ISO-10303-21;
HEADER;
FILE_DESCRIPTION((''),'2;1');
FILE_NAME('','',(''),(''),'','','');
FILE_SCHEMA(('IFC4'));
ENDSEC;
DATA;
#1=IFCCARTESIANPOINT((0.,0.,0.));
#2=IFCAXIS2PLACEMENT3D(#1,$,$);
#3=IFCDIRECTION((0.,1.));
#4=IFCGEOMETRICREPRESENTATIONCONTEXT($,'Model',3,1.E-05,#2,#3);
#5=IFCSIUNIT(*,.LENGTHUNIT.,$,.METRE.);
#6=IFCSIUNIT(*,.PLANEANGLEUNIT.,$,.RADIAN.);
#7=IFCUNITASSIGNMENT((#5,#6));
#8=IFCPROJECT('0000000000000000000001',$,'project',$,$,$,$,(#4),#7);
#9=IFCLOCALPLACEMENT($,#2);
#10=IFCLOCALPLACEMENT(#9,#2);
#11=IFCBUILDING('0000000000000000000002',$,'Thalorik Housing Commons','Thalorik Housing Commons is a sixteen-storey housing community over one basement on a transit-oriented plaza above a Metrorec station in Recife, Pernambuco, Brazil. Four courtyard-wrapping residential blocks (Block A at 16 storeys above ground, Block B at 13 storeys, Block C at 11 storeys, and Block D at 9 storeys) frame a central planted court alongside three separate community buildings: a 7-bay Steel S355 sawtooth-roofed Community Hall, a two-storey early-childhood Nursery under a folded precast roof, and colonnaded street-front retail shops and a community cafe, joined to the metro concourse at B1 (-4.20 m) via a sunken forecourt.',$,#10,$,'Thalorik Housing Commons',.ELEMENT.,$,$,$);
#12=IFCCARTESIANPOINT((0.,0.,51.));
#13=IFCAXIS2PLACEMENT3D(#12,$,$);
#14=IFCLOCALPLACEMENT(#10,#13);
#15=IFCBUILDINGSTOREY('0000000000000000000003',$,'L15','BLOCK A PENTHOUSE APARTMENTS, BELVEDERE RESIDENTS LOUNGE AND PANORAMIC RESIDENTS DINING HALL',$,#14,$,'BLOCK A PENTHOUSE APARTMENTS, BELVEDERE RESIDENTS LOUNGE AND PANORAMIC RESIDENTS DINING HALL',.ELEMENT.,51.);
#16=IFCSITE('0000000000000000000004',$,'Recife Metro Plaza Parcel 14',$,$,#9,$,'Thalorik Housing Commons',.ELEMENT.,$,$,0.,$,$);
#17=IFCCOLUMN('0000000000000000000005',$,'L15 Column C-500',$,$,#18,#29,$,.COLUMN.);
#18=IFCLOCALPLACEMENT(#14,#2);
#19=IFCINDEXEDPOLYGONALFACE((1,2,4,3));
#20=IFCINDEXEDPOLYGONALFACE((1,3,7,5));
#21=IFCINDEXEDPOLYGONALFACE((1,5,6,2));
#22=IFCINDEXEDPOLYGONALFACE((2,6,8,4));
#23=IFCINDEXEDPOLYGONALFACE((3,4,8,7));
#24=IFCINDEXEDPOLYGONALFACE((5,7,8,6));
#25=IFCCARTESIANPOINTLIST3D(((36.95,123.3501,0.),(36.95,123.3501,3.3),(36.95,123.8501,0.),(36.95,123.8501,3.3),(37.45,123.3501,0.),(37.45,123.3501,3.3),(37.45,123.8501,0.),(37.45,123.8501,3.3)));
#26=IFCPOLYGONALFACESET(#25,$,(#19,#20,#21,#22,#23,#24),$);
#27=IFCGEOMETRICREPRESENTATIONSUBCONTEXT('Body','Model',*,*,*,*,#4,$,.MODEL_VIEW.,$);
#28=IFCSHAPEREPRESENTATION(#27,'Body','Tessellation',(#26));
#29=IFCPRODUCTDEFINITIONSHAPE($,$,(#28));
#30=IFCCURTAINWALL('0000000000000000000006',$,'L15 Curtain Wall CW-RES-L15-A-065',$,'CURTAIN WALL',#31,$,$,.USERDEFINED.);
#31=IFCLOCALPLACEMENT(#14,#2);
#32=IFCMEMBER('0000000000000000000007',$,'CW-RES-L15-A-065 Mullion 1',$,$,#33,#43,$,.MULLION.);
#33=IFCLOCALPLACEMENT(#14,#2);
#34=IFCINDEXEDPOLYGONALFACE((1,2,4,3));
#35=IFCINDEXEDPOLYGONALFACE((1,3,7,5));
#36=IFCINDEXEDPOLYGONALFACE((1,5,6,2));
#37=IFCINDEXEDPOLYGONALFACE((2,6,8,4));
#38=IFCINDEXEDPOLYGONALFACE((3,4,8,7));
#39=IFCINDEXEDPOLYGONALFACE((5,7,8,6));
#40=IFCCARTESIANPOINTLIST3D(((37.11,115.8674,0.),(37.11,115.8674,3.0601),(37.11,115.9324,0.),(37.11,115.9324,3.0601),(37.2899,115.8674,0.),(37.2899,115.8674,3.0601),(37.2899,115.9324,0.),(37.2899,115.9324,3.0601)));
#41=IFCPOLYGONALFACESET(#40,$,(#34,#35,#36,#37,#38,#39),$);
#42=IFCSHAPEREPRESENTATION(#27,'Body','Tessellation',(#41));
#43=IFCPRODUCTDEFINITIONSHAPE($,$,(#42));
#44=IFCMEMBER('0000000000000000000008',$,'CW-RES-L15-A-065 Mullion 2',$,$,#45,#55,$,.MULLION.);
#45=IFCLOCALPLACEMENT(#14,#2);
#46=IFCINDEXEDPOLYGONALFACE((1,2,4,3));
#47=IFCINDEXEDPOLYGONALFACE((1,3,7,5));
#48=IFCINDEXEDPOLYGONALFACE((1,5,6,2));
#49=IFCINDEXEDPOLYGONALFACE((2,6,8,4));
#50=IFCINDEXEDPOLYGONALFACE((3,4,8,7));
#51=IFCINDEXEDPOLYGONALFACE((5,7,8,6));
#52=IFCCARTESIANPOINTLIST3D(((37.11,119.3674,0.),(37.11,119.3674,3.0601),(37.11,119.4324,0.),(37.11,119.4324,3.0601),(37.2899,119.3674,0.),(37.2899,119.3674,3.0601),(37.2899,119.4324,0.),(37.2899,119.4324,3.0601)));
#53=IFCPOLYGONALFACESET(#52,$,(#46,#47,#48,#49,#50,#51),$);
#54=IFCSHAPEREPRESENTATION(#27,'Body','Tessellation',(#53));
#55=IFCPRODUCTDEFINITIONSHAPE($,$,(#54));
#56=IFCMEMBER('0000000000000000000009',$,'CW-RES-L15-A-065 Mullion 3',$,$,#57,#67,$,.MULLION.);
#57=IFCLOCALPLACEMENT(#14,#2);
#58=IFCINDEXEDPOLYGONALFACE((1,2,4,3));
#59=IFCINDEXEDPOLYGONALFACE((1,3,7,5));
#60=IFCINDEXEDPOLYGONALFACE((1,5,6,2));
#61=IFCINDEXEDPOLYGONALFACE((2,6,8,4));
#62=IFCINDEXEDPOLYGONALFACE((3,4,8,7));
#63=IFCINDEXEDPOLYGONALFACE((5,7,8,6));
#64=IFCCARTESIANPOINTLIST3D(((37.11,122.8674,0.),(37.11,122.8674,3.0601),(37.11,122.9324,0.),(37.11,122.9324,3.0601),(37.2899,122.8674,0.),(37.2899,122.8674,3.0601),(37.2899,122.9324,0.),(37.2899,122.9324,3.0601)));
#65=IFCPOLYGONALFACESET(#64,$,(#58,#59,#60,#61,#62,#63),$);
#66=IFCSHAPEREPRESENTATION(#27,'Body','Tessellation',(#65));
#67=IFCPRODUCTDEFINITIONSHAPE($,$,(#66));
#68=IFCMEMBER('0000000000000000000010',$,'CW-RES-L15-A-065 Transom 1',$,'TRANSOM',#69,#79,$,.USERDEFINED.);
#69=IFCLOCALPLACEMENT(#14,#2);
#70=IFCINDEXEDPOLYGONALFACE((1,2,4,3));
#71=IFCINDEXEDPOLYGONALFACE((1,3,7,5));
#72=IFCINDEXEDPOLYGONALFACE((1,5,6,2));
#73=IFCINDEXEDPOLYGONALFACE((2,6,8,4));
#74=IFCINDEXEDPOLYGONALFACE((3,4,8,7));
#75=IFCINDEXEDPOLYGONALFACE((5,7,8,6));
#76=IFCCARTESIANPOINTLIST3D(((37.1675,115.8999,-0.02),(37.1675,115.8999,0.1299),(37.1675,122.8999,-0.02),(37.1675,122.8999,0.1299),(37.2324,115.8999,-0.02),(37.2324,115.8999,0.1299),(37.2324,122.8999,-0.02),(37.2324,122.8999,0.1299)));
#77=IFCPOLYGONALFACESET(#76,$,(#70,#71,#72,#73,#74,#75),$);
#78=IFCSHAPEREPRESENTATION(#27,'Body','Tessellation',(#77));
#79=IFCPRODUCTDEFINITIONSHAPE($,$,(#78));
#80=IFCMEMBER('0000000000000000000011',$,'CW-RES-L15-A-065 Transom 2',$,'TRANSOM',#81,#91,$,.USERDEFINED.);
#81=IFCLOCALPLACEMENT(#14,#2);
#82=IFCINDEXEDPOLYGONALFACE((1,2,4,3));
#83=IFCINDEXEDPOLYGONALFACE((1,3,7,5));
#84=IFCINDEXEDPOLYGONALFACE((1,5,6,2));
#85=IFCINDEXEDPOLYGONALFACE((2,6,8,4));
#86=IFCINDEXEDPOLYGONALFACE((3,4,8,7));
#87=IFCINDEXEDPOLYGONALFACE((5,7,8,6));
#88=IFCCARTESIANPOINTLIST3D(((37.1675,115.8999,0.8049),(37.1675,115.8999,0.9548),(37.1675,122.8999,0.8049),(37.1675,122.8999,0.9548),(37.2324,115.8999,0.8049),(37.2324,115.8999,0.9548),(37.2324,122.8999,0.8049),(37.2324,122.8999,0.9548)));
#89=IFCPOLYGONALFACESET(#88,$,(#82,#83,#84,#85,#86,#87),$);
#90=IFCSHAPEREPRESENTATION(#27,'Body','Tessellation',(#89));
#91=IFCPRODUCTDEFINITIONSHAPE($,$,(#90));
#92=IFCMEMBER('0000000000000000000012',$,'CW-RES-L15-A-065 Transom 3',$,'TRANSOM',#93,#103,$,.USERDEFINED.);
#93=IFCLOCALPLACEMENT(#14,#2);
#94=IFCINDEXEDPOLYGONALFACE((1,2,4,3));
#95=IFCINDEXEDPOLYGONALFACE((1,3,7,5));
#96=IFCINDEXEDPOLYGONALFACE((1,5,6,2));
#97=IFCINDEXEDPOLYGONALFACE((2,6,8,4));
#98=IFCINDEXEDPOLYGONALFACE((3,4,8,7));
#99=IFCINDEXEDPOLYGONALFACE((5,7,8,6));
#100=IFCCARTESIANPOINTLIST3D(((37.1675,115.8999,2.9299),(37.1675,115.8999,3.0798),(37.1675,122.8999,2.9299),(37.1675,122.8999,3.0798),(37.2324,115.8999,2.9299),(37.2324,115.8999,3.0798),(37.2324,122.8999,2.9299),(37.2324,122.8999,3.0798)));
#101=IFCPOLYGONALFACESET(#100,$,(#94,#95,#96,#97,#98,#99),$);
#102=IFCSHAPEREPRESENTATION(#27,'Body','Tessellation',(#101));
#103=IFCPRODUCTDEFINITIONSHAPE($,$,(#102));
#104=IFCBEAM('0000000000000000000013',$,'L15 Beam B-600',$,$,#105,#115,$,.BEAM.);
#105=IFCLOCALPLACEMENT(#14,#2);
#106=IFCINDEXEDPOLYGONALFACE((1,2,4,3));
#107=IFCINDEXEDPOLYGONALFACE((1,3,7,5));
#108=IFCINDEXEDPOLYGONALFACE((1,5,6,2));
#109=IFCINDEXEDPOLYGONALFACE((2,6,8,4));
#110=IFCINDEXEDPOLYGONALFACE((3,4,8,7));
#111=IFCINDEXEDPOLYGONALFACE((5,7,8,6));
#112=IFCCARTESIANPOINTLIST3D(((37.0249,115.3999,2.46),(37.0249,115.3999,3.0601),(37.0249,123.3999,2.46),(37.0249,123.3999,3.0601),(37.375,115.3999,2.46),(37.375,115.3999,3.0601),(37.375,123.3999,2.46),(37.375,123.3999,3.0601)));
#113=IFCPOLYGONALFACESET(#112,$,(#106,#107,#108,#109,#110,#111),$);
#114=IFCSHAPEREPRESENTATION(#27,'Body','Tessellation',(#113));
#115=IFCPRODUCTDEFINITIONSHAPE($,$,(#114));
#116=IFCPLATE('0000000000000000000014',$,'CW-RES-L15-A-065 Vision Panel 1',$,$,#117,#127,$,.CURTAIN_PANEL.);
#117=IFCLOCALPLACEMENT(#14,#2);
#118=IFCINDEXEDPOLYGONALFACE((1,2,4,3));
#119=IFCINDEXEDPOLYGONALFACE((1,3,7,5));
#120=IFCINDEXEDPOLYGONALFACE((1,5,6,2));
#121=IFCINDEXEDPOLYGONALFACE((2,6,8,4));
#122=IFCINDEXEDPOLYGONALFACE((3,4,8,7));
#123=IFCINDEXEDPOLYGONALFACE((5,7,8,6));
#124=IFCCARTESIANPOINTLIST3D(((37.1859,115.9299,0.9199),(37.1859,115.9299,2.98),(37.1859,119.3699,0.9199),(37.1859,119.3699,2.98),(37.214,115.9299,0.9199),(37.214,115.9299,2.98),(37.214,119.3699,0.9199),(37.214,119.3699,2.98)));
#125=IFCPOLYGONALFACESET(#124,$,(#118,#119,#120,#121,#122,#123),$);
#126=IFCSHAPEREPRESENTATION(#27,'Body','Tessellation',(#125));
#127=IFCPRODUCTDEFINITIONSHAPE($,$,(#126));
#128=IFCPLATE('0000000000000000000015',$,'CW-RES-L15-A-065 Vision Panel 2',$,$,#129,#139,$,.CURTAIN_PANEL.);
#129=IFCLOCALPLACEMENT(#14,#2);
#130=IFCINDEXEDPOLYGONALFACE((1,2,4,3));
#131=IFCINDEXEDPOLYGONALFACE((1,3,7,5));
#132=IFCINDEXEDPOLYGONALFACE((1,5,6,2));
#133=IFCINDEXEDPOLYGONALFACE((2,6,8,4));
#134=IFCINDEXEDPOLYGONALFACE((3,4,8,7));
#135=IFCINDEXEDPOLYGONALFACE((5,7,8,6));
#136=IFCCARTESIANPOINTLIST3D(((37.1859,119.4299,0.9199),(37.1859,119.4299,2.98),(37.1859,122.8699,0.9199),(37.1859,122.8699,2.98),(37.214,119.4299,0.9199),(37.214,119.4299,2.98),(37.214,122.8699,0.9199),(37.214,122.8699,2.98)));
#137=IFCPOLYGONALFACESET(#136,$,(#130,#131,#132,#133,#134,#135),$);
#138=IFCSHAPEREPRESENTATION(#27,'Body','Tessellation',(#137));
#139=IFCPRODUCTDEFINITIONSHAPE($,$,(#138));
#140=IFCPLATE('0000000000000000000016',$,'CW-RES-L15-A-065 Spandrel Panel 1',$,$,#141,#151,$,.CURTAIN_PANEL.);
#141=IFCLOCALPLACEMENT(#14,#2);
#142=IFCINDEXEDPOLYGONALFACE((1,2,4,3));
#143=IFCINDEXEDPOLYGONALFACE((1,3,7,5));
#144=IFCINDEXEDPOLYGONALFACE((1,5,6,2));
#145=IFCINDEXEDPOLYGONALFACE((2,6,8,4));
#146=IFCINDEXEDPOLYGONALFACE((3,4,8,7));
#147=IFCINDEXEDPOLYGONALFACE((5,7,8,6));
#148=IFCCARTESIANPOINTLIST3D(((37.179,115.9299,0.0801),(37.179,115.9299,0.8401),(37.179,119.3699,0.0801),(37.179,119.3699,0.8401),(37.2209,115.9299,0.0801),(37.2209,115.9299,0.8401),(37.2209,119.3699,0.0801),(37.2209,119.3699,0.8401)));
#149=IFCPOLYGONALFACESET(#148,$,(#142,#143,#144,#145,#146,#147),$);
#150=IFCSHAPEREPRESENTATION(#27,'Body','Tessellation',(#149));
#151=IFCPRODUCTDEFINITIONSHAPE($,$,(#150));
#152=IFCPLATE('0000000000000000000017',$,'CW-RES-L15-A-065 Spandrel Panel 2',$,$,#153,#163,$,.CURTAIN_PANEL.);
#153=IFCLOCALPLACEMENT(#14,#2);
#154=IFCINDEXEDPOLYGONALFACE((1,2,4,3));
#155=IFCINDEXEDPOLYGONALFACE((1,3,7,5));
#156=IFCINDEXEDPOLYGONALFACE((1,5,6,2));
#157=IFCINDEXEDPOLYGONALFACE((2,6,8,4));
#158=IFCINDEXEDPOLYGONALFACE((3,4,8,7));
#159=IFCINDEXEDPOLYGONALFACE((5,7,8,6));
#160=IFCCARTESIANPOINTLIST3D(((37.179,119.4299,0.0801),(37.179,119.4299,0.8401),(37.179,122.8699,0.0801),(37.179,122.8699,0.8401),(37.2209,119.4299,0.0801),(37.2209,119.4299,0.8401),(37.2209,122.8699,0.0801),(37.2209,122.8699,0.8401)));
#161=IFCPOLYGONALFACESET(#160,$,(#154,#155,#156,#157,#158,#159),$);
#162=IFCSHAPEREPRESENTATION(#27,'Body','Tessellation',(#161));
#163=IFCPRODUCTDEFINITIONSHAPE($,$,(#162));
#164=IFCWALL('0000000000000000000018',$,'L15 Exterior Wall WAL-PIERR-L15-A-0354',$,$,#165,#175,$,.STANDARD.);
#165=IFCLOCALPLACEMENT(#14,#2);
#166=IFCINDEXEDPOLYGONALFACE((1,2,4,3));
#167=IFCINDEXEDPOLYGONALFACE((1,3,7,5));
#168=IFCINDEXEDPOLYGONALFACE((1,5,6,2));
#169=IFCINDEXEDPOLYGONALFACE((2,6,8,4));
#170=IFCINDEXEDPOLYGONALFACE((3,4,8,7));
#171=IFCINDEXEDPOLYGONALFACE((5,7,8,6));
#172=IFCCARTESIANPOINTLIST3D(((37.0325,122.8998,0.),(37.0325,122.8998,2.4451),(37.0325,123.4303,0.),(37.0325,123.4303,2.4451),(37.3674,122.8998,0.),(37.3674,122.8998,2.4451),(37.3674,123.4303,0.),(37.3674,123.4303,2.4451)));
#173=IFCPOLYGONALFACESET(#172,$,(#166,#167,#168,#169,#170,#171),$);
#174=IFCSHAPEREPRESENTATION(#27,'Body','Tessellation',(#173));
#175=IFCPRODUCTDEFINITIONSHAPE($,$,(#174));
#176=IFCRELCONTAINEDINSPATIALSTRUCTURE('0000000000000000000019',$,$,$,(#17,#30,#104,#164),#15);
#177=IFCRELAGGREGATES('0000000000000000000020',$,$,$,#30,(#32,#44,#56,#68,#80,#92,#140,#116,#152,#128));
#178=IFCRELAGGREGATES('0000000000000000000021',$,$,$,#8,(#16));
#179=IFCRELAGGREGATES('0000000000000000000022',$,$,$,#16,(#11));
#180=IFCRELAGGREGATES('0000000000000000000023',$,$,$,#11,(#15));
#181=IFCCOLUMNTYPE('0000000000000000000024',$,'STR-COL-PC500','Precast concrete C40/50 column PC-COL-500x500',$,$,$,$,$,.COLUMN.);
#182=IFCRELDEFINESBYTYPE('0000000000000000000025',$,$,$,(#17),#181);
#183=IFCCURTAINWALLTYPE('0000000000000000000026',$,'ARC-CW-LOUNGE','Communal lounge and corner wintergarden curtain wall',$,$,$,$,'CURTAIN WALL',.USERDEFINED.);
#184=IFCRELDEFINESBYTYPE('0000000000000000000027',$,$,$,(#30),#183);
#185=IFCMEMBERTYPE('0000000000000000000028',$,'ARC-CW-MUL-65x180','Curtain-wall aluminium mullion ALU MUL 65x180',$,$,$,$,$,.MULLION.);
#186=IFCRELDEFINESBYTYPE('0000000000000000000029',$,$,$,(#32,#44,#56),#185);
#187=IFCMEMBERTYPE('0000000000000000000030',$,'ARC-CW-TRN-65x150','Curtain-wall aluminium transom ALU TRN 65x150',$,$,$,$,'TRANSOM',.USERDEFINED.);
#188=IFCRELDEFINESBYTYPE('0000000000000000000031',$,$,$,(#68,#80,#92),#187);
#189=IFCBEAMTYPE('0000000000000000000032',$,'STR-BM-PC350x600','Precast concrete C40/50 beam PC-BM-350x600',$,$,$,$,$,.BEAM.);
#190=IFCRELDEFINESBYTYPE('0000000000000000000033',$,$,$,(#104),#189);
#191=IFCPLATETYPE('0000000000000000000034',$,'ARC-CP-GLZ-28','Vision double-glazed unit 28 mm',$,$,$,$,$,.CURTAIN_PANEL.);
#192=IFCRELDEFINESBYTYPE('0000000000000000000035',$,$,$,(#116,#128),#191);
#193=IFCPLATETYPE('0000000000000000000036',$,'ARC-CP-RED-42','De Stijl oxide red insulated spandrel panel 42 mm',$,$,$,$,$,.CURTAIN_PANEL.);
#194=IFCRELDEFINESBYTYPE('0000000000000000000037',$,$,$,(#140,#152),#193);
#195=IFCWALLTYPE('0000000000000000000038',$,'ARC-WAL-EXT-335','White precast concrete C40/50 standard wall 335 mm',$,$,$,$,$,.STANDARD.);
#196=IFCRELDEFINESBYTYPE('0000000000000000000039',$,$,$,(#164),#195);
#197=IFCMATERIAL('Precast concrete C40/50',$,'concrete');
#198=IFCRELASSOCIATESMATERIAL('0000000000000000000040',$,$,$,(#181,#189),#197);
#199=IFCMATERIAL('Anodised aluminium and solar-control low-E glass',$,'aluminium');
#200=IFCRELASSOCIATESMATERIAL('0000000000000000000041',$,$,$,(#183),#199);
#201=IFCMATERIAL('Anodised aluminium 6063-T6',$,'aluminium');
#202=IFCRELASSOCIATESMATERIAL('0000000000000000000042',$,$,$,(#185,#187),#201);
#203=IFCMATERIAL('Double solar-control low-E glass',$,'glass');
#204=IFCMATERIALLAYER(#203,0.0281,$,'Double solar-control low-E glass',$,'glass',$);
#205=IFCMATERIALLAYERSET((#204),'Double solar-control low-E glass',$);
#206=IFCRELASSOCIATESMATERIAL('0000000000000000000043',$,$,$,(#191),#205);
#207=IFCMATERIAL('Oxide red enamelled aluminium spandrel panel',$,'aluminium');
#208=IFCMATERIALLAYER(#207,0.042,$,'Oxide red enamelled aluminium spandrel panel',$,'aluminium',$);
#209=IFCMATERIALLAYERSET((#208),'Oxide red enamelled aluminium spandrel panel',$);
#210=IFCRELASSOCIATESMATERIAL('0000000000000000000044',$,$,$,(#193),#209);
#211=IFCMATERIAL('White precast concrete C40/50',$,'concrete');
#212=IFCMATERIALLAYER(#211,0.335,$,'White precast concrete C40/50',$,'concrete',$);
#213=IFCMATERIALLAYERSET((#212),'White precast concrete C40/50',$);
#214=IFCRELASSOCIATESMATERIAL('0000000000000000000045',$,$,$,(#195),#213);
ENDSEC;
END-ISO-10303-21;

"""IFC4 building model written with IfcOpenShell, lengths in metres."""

from ifc_helpers import new_model, si_unit, direction, frame, frame_2d, origin, origin_2d, place, context, subcontext, project, spatial, rectangle, extrude, material, layer, layer_set, material_profile, profile_set, type_object, element, aggregate, save


model = new_model("IFC4")

# Units and contexts
model_context = context("Model", 3, precision=1e-05, world=origin(), true_north=direction((0.0, 1.0)))
body_context = subcontext(model_context, "Body", "Model", "MODEL_VIEW")
ifc_project = project(units=[si_unit("LENGTHUNIT", "METRE"), si_unit("PLANEANGLEUNIT", "RADIAN")], contexts=[model_context])

# Site, building, storey
site_placement = place(None, origin())
site = spatial("IfcSite", under=ifc_project, at=site_placement, Name="Recife Metro Plaza Parcel 14", LongName="Thalorik Housing Commons", CompositionType="ELEMENT", RefElevation=0.0)
building_placement = place(site_placement, origin())
building = spatial("IfcBuilding", under=site, at=building_placement, Name="Thalorik Housing Commons", Description="Thalorik Housing Commons is a sixteen-storey housing community over one basement on a transit-oriented plaza above a Metrorec station in Recife, Pernambuco, Brazil. Four courtyard-wrapping residential blocks (Block A at 16 storeys above ground, Block B at 13 storeys, Block C at 11 storeys, and Block D at 9 storeys) frame a central planted court alongside three separate community buildings: a 7-bay Steel S355 sawtooth-roofed Community Hall, a two-storey early-childhood Nursery under a folded precast roof, and colonnaded street-front retail shops and a community cafe, joined to the metro concourse at B1 (-4.20 m) via a sunken forecourt.", LongName="Thalorik Housing Commons", CompositionType="ELEMENT")
storey_placement = place(building_placement, frame((0.0, 0.0, 51.0)))
storey = spatial("IfcBuildingStorey", under=building, at=storey_placement, Name="L15", Description="BLOCK A PENTHOUSE APARTMENTS, BELVEDERE RESIDENTS LOUNGE AND PANORAMIC RESIDENTS DINING HALL", LongName="BLOCK A PENTHOUSE APARTMENTS, BELVEDERE RESIDENTS LOUNGE AND PANORAMIC RESIDENTS DINING HALL", CompositionType="ELEMENT", Elevation=51.0)

# Column
ifc_material_1 = material(Name="Precast concrete C40/50", Category="concrete")
ifc_material_profile_1 = material_profile(ifc_material_1, rectangle(XDim=0.5, YDim=0.5, at=origin_2d()), Name="PC 500x500", Category="concrete")
ifc_profile_set_1 = profile_set([ifc_material_profile_1], Name="Precast concrete C40/50")
column_type = type_object("IfcColumnType", Name="STR-COL-PC500", Description="Precast concrete C40/50 column PC-COL-500x500", PredefinedType="COLUMN", material=ifc_profile_set_1)
column_placement = place(storey_placement, frame((37.2, 123.6001, 0.0), z_axis=(0.0, 0.0, 1.0), x_axis=(1.0, 0.0, 0.0)))
element("IfcColumn", 1, at=column_placement, inside=storey, type_object=column_type, Name="L15 Column C-500", PredefinedType="COLUMN", context=body_context, shape_type="SweptSolid", body=[
    extrude(rectangle(XDim=0.5, YDim=0.5, at=origin_2d()), origin(), (0.0, 0.0, 1.0), 3.3),
])

# Curtain wall, members
ifc_material_2 = material(Name="Anodised aluminium and solar-control low-E glass", Category="aluminium")
curtain_wall_type = type_object("IfcCurtainWallType", Name="ARC-CW-LOUNGE", Description="Communal lounge and corner wintergarden curtain wall", ElementType="CURTAIN WALL", PredefinedType="USERDEFINED", material=ifc_material_2)
curtain_wall_placement = place(storey_placement, origin())
curtain_wall = element("IfcCurtainWall", 2, at=curtain_wall_placement, inside=storey, type_object=curtain_wall_type, Name="L15 Curtain Wall CW-RES-L15-A-065", ObjectType="CURTAIN WALL", PredefinedType="USERDEFINED")
ifc_material_3 = material(Name="Anodised aluminium 6063-T6", Category="aluminium")
ifc_material_profile_2 = material_profile(ifc_material_3, rectangle(XDim=0.0649, YDim=0.1799, at=origin_2d()), Name="ALU MUL 65x180", Category="aluminium")
ifc_profile_set_2 = profile_set([ifc_material_profile_2], Name="Anodised aluminium 6063-T6")
member_type_1 = type_object("IfcMemberType", Name="ARC-CW-MUL-65x180", Description="Curtain-wall aluminium mullion ALU MUL 65x180", PredefinedType="MULLION", material=ifc_profile_set_2)
member_1_placement = place(storey_placement, frame((37.2, 115.8999, 0.0), z_axis=(0.0, 0.0, 1.0), x_axis=(0.0, 1.0, 0.0)))
member_1 = element("IfcMember", 3, at=member_1_placement, type_object=member_type_1, Name="CW-RES-L15-A-065 Mullion 1", PredefinedType="MULLION", context=body_context, shape_type="SweptSolid", body=[
    extrude(rectangle(XDim=0.0649, YDim=0.1799, at=origin_2d()), origin(), (0.0, 0.0, 1.0), 3.0601),
])
member_2_placement = place(storey_placement, frame((37.2, 119.3999, 0.0), z_axis=(0.0, 0.0, 1.0), x_axis=(0.0, 1.0, 0.0)))
member_2 = element("IfcMember", 4, at=member_2_placement, type_object=member_type_1, Name="CW-RES-L15-A-065 Mullion 2", PredefinedType="MULLION", context=body_context, shape_type="SweptSolid", body=[
    extrude(rectangle(XDim=0.0649, YDim=0.1799, at=origin_2d()), origin(), (0.0, 0.0, 1.0), 3.0601),
])
member_3_placement = place(storey_placement, frame((37.2, 122.8999, 0.0), z_axis=(0.0, 0.0, 1.0), x_axis=(0.0, 1.0, 0.0)))
member_3 = element("IfcMember", 5, at=member_3_placement, type_object=member_type_1, Name="CW-RES-L15-A-065 Mullion 3", PredefinedType="MULLION", context=body_context, shape_type="SweptSolid", body=[
    extrude(rectangle(XDim=0.0649, YDim=0.1799, at=origin_2d()), origin(), (0.0, 0.0, 1.0), 3.0601),
])
ifc_material_profile_3 = material_profile(ifc_material_3, rectangle(XDim=0.0649, YDim=0.1499, at=origin_2d()), Name="ALU TRN 65x150", Category="aluminium")
ifc_profile_set_3 = profile_set([ifc_material_profile_3], Name="Anodised aluminium 6063-T6")
member_type_2 = type_object("IfcMemberType", Name="ARC-CW-TRN-65x150", Description="Curtain-wall aluminium transom ALU TRN 65x150", ElementType="TRANSOM", PredefinedType="USERDEFINED", material=ifc_profile_set_3)
member_4_placement = place(storey_placement, frame((37.2, 115.8999, 0.0549), z_axis=(0.0, 1.0, 0.0), x_axis=(-1.0, 0.0, 0.0)))
member_4 = element("IfcMember", 6, at=member_4_placement, type_object=member_type_2, Name="CW-RES-L15-A-065 Transom 1", ObjectType="TRANSOM", PredefinedType="USERDEFINED", context=body_context, shape_type="SweptSolid", body=[
    extrude(rectangle(XDim=0.0649, YDim=0.1499, at=origin_2d()), origin(), (0.0, 0.0, 1.0), 7.0),
])
member_5_placement = place(storey_placement, frame((37.2, 115.8999, 0.8799), z_axis=(0.0, 1.0, 0.0), x_axis=(-1.0, 0.0, 0.0)))
member_5 = element("IfcMember", 7, at=member_5_placement, type_object=member_type_2, Name="CW-RES-L15-A-065 Transom 2", ObjectType="TRANSOM", PredefinedType="USERDEFINED", context=body_context, shape_type="SweptSolid", body=[
    extrude(rectangle(XDim=0.0649, YDim=0.1499, at=origin_2d()), origin(), (0.0, 0.0, 1.0), 7.0),
])
member_6_placement = place(storey_placement, frame((37.2, 115.8999, 3.0049), z_axis=(0.0, 1.0, 0.0), x_axis=(-1.0, 0.0, 0.0)))
member_6 = element("IfcMember", 8, at=member_6_placement, type_object=member_type_2, Name="CW-RES-L15-A-065 Transom 3", ObjectType="TRANSOM", PredefinedType="USERDEFINED", context=body_context, shape_type="SweptSolid", body=[
    extrude(rectangle(XDim=0.0649, YDim=0.1499, at=origin_2d()), origin(), (0.0, 0.0, 1.0), 7.0),
])

# Beam
ifc_material_profile_4 = material_profile(ifc_material_1, rectangle(XDim=0.3501, YDim=0.6001, at=origin_2d()), Name="PC 350x600", Category="concrete")
ifc_profile_set_4 = profile_set([ifc_material_profile_4], Name="Precast concrete C40/50")
beam_type = type_object("IfcBeamType", Name="STR-BM-PC350x600", Description="Precast concrete C40/50 beam PC-BM-350x600", PredefinedType="BEAM", material=ifc_profile_set_4)
beam_placement = place(storey_placement, frame((37.2, 115.3999, 2.76), z_axis=(0.0, 1.0, 0.0), x_axis=(-1.0, 0.0, 0.0)))
element("IfcBeam", 9, at=beam_placement, inside=storey, type_object=beam_type, Name="L15 Beam B-600", PredefinedType="BEAM", context=body_context, shape_type="SweptSolid", body=[
    extrude(rectangle(XDim=0.3501, YDim=0.6001, at=origin_2d()), origin(), (0.0, 0.0, 1.0), 8.0),
])

# Plates
ifc_material_4 = material(Name="Double solar-control low-E glass", Category="glass")
ifc_layer_1 = layer(ifc_material_4, 0.0281, Name="Double solar-control low-E glass", Category="glass")
ifc_layer_set_1 = layer_set([ifc_layer_1], Name="Double solar-control low-E glass")
plate_type_1 = type_object("IfcPlateType", Name="ARC-CP-GLZ-28", Description="Vision double-glazed unit 28 mm", PredefinedType="CURTAIN_PANEL", material=ifc_layer_set_1)
plate_1_placement = place(storey_placement, frame((37.2, 117.6499, 0.9199), z_axis=(0.0, 0.0, 1.0), x_axis=(0.0, 1.0, 0.0)))
plate_1 = element("IfcPlate", 10, at=plate_1_placement, type_object=plate_type_1, Name="CW-RES-L15-A-065 Vision Panel 1", PredefinedType="CURTAIN_PANEL", context=body_context, shape_type="SweptSolid", body=[
    extrude(rectangle(XDim=3.4399, YDim=0.0281, at=origin_2d()), origin(), (0.0, 0.0, 1.0), 2.0601),
])
plate_2_placement = place(storey_placement, frame((37.2, 121.1499, 0.9199), z_axis=(0.0, 0.0, 1.0), x_axis=(0.0, 1.0, 0.0)))
plate_2 = element("IfcPlate", 11, at=plate_2_placement, type_object=plate_type_1, Name="CW-RES-L15-A-065 Vision Panel 2", PredefinedType="CURTAIN_PANEL", context=body_context, shape_type="SweptSolid", body=[
    extrude(rectangle(XDim=3.4399, YDim=0.0281, at=origin_2d()), origin(), (0.0, 0.0, 1.0), 2.0601),
])
ifc_material_5 = material(Name="Oxide red enamelled aluminium spandrel panel", Category="aluminium")
ifc_layer_2 = layer(ifc_material_5, 0.042, Name="Oxide red enamelled aluminium spandrel panel", Category="aluminium")
ifc_layer_set_2 = layer_set([ifc_layer_2], Name="Oxide red enamelled aluminium spandrel panel")
plate_type_2 = type_object("IfcPlateType", Name="ARC-CP-RED-42", Description="De Stijl oxide red insulated spandrel panel 42 mm", PredefinedType="CURTAIN_PANEL", material=ifc_layer_set_2)
plate_3_placement = place(storey_placement, frame((37.2, 117.6499, 0.0801), z_axis=(0.0, 0.0, 1.0), x_axis=(0.0, 1.0, 0.0)))
plate_3 = element("IfcPlate", 12, at=plate_3_placement, type_object=plate_type_2, Name="CW-RES-L15-A-065 Spandrel Panel 1", PredefinedType="CURTAIN_PANEL", context=body_context, shape_type="SweptSolid", body=[
    extrude(rectangle(XDim=3.4399, YDim=0.042, at=origin_2d()), origin(), (0.0, 0.0, 1.0), 0.76),
])
plate_4_placement = place(storey_placement, frame((37.2, 121.1499, 0.0801), z_axis=(0.0, 0.0, 1.0), x_axis=(0.0, 1.0, 0.0)))
plate_4 = element("IfcPlate", 13, at=plate_4_placement, type_object=plate_type_2, Name="CW-RES-L15-A-065 Spandrel Panel 2", PredefinedType="CURTAIN_PANEL", context=body_context, shape_type="SweptSolid", body=[
    extrude(rectangle(XDim=3.4399, YDim=0.042, at=origin_2d()), origin(), (0.0, 0.0, 1.0), 0.76),
])
aggregate(curtain_wall, [member_1, member_2, member_3, member_4, member_5, member_6, plate_3, plate_1, plate_4, plate_2])

# Wall
ifc_material_6 = material(Name="White precast concrete C40/50", Category="concrete")
ifc_layer_3 = layer(ifc_material_6, 0.335, Name="White precast concrete C40/50", Category="concrete")
ifc_layer_set_3 = layer_set([ifc_layer_3], Name="White precast concrete C40/50")
wall_type_1 = type_object("IfcWallType", Name="ARC-WAL-EXT-335", Description="White precast concrete C40/50 standard wall 335 mm", PredefinedType="STANDARD", material=ifc_layer_set_3)
wall_1_placement = place(storey_placement, frame((37.2, 122.8999, 0.0), z_axis=(0.0, 0.0, 1.0), x_axis=(0.0, 1.0, 0.0)))
element("IfcWall", 14, at=wall_1_placement, inside=storey, type_object=wall_type_1, Name="L15 Exterior Wall WAL-PIERR-L15-A-0354", PredefinedType="STANDARD", context=body_context, shape_type="SweptSolid", body=[
    extrude(rectangle(XDim=0.5305, YDim=0.335, at=frame_2d((0.2651, 0.0))), origin(), (0.0, 0.0, 1.0), 2.4451),
])

save(model, "model.ifc")
